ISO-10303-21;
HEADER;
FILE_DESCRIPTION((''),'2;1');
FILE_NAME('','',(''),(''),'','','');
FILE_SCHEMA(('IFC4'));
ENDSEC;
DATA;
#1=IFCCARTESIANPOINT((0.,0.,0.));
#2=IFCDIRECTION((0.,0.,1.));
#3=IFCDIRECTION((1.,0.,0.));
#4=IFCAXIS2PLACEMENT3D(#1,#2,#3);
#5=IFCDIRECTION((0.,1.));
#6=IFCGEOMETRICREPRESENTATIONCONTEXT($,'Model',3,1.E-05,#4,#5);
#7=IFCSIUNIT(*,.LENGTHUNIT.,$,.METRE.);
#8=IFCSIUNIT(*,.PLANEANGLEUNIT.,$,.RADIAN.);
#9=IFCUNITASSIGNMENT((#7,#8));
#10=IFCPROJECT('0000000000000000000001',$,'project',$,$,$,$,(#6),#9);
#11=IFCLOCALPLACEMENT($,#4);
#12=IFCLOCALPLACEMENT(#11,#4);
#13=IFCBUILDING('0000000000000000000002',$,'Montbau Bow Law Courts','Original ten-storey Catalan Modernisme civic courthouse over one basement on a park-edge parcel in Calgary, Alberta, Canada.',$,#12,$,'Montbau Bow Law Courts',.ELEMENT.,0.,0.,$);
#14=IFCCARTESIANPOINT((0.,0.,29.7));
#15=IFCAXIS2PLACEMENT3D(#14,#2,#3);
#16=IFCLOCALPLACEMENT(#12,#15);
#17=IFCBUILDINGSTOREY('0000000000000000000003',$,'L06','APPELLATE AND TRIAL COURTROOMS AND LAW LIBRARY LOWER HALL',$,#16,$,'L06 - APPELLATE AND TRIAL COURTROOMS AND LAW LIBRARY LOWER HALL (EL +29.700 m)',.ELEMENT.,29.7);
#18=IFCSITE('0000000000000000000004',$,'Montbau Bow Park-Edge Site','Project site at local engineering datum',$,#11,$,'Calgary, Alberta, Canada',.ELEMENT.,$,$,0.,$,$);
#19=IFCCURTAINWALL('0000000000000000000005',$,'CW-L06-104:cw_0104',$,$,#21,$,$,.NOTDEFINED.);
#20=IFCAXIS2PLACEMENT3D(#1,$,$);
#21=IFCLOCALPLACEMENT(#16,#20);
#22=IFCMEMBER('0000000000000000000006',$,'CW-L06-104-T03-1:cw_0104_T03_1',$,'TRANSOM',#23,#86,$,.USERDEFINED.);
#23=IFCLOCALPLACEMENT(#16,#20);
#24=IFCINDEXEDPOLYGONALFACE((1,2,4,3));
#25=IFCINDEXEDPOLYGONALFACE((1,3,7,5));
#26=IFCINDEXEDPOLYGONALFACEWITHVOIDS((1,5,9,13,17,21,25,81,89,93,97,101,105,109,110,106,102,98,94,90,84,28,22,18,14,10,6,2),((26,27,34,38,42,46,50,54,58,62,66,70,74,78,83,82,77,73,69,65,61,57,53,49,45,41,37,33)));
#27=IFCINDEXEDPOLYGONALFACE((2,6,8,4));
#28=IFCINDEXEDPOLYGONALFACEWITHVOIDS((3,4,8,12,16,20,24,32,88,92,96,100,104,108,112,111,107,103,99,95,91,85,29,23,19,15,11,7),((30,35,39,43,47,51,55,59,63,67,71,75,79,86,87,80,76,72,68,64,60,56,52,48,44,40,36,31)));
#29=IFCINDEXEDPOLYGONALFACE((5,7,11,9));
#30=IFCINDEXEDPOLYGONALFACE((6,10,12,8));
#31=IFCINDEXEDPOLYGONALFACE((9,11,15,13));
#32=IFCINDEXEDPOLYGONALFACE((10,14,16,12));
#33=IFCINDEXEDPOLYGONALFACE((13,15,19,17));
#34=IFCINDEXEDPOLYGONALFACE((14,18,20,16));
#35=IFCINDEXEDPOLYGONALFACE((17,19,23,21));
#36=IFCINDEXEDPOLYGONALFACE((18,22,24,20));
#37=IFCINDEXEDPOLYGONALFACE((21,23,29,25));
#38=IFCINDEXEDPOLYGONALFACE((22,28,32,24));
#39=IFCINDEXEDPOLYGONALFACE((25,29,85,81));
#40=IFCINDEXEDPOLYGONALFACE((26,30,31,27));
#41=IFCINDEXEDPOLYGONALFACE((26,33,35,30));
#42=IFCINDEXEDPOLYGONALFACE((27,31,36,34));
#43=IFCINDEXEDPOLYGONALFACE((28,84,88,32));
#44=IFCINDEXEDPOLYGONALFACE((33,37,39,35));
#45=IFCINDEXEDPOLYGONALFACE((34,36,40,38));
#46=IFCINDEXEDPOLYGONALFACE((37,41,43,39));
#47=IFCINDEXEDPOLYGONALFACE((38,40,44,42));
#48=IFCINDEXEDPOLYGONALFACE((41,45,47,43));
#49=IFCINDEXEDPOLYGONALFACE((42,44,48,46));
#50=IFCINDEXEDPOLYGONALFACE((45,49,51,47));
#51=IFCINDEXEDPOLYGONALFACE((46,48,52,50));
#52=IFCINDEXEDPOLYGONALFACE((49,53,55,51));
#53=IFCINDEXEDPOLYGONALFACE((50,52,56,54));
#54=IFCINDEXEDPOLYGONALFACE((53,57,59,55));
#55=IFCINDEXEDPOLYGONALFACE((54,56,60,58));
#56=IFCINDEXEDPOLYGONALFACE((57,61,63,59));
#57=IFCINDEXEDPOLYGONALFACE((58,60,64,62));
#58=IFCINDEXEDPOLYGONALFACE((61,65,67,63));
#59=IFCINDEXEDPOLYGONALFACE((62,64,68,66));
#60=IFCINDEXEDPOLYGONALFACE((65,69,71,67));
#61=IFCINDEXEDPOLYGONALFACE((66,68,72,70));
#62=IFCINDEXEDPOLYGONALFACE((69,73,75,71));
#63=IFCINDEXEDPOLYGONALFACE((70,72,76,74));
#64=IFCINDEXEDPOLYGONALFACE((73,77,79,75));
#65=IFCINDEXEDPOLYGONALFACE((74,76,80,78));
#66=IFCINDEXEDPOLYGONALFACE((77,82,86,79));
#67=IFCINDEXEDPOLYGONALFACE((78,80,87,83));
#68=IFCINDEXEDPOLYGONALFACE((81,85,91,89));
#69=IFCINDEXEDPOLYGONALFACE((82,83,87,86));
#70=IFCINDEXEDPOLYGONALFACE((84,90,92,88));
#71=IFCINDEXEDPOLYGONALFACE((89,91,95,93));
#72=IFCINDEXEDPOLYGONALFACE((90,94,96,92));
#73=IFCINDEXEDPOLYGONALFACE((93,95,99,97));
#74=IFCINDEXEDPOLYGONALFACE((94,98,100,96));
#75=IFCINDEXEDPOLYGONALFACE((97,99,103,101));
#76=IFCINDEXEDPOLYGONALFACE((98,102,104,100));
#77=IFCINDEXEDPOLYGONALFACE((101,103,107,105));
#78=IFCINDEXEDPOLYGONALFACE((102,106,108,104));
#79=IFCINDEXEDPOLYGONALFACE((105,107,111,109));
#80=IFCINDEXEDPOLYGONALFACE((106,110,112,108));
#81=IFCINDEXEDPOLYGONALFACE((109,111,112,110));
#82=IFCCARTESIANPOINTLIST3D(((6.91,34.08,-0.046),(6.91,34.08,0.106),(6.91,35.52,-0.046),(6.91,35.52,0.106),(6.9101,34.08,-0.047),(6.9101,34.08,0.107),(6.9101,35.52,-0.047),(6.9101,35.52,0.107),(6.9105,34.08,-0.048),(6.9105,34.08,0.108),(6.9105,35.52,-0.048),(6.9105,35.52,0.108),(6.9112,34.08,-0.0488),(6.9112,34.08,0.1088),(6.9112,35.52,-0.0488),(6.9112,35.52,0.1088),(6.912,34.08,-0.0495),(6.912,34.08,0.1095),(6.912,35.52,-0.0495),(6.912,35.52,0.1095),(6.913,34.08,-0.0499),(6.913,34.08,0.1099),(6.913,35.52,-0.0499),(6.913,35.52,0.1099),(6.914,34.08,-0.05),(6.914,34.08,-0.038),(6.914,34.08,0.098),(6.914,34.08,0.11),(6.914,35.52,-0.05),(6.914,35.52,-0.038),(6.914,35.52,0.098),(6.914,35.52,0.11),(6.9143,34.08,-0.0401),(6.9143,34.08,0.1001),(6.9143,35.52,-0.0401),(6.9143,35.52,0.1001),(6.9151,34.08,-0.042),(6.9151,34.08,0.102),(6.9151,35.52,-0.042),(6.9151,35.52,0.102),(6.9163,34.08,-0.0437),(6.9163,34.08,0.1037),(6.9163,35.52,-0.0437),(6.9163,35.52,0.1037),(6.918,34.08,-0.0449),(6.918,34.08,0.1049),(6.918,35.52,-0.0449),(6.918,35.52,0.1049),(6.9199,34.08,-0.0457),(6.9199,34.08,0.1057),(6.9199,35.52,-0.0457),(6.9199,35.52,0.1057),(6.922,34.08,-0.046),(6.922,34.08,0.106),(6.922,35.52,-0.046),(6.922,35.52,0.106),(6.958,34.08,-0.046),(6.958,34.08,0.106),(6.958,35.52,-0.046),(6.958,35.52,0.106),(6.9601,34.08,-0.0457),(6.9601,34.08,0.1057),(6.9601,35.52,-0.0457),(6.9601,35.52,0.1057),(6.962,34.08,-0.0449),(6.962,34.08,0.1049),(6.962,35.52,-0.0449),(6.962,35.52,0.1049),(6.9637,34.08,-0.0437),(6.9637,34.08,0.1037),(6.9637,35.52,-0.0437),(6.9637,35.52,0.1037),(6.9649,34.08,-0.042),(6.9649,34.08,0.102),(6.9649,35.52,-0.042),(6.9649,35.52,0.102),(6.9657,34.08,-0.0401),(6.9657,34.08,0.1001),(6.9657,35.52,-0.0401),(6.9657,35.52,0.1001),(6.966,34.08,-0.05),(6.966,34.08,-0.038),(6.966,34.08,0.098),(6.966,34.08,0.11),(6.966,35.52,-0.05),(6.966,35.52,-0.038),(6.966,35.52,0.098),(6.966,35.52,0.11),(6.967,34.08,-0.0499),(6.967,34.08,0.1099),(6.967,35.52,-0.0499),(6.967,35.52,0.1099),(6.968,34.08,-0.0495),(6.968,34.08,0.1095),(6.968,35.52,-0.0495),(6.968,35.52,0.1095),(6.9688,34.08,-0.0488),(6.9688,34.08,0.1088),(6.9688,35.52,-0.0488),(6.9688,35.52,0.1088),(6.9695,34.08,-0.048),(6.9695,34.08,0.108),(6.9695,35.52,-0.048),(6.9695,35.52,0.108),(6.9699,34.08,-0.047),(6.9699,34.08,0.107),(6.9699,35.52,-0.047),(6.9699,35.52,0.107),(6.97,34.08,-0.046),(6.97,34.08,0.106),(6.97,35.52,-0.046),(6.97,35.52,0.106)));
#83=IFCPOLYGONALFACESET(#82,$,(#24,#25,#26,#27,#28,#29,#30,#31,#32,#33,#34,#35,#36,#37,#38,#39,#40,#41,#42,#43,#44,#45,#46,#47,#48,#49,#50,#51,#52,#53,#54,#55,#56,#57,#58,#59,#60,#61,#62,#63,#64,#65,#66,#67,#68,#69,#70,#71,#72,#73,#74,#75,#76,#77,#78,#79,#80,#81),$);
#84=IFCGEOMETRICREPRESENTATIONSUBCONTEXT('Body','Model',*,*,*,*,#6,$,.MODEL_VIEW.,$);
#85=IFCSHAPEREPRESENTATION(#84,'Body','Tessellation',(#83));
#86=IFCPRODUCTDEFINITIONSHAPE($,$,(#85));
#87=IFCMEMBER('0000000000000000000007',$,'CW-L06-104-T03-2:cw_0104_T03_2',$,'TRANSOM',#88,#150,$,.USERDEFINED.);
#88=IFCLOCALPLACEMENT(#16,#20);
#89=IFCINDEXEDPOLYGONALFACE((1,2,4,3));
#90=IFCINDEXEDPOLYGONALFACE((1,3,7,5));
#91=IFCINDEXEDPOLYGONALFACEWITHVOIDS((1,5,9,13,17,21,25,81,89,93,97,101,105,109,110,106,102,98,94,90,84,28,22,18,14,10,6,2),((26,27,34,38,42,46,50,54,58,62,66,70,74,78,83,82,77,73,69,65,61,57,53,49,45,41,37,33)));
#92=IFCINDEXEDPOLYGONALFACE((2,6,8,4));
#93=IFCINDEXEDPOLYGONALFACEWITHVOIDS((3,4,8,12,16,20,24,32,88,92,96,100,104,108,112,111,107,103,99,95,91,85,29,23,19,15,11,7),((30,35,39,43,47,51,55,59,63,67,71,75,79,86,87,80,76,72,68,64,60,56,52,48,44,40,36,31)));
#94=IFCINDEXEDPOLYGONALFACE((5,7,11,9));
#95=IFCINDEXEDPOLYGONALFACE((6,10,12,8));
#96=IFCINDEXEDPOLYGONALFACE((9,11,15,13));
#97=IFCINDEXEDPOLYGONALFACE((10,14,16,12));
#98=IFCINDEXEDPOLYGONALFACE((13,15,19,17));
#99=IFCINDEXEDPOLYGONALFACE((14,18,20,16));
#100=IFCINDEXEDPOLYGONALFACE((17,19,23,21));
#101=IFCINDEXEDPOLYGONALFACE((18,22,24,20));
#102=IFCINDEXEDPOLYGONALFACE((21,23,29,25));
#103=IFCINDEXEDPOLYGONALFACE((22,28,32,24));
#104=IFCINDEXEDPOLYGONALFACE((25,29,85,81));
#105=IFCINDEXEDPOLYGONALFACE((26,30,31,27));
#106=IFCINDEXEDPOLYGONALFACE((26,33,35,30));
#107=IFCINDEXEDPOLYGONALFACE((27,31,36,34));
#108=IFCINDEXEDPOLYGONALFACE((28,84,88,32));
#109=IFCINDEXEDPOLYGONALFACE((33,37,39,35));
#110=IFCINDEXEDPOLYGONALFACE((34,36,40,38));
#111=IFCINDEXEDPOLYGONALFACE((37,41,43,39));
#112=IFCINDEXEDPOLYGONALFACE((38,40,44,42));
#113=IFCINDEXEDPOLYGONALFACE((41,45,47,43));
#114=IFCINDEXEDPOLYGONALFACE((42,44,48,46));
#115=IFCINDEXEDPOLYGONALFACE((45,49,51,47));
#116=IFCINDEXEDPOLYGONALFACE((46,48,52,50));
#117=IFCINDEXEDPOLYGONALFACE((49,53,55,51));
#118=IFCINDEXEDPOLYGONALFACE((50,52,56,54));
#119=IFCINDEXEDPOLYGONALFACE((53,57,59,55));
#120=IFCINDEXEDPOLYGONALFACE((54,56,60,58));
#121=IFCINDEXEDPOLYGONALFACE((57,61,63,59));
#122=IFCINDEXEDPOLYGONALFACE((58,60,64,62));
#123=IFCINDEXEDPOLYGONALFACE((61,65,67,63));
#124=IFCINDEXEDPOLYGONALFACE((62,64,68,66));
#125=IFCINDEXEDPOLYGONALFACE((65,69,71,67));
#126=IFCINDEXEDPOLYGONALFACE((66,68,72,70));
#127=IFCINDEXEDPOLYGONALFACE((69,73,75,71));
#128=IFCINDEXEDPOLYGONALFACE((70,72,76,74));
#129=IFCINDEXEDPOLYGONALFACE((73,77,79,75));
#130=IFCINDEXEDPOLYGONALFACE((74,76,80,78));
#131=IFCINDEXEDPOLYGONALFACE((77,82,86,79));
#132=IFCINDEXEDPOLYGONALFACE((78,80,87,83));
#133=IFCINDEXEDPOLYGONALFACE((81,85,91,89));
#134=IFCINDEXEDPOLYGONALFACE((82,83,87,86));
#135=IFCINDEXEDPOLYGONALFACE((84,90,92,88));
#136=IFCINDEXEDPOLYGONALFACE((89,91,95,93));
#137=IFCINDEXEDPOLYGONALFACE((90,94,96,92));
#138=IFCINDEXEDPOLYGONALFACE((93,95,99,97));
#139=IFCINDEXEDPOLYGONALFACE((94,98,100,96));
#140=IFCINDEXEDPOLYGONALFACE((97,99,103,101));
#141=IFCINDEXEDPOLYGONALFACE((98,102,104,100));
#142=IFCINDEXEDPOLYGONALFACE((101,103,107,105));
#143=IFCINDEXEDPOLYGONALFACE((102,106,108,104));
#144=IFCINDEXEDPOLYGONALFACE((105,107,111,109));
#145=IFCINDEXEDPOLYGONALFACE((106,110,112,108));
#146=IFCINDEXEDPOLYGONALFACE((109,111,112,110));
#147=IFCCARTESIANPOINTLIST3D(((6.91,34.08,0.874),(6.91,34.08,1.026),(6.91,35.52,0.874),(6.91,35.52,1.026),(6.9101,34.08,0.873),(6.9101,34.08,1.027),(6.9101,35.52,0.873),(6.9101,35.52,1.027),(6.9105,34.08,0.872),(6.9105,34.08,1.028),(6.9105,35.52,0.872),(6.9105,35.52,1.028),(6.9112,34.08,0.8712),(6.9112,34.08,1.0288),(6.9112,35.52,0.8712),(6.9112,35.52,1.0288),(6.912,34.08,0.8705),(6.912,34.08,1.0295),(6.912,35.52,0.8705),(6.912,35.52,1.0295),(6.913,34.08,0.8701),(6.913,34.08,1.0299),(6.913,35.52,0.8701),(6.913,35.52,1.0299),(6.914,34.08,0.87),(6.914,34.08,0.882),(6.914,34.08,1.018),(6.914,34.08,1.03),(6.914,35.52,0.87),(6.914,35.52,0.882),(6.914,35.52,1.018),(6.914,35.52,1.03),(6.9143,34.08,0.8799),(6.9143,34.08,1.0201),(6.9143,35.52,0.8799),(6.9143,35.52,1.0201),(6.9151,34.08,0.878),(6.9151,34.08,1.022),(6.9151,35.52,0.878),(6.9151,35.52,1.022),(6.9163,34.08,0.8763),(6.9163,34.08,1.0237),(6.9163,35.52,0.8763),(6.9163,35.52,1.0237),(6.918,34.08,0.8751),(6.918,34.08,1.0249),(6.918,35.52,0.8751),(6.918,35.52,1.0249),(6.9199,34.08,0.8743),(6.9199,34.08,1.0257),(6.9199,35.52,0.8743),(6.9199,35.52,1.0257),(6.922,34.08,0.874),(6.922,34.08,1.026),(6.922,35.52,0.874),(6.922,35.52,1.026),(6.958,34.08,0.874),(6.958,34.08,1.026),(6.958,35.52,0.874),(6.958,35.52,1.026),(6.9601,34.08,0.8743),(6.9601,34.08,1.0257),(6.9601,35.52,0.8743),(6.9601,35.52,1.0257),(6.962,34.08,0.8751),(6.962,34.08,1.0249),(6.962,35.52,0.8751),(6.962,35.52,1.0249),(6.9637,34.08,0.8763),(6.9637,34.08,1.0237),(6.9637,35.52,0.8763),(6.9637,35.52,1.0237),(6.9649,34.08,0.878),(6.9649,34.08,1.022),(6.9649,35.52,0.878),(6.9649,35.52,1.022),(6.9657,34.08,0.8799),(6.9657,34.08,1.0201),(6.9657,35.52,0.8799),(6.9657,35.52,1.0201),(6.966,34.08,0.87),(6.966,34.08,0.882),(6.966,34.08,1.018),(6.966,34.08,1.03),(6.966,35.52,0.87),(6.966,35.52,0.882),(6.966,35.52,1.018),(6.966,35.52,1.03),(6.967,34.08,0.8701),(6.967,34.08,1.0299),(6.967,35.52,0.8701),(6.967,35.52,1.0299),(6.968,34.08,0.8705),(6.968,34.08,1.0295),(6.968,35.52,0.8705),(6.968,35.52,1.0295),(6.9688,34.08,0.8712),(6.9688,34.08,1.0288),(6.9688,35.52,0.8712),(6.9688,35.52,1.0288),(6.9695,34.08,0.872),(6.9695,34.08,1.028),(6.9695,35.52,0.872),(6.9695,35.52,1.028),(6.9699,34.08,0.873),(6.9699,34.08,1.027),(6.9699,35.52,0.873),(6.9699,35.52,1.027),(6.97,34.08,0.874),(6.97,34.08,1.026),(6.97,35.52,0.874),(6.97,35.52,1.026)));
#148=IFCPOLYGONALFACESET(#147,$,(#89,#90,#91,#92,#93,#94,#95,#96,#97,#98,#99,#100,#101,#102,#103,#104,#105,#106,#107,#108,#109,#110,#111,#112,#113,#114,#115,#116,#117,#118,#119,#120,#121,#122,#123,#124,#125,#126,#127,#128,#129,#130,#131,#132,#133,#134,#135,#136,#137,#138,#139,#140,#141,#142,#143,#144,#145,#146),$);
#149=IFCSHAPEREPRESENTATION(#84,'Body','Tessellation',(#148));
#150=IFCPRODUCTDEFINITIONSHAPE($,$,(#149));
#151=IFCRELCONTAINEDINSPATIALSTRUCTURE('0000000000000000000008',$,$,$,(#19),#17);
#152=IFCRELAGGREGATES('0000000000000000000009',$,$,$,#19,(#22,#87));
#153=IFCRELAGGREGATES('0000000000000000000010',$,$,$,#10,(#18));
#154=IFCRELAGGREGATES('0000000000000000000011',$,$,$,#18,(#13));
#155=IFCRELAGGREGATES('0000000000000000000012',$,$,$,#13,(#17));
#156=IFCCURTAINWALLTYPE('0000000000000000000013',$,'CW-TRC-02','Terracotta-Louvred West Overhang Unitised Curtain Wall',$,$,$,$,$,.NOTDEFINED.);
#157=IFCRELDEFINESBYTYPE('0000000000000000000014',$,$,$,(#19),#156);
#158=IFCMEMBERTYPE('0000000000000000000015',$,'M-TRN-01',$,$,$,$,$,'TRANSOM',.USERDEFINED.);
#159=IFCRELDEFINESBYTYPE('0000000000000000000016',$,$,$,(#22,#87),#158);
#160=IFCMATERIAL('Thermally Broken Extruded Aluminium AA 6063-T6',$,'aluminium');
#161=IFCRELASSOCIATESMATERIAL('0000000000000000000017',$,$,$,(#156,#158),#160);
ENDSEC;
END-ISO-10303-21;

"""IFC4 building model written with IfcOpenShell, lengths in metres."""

from ifc_helpers import new_model, si_unit, direction, frame, origin_with_axes, origin_2d_with_axis, place, context, subcontext, project, spatial, hollow_rectangle, extrude, material, material_profile, profile_set, type_object, element, aggregate, save


model = new_model("IFC4")

# Units and contexts
model_context = context("Model", 3, precision=1e-05, world=origin_with_axes(), true_north=direction((0.0, 1.0)))
body_context = subcontext(model_context, "Body", "Model", "MODEL_VIEW")
ifc_project = project(units=[si_unit("LENGTHUNIT", "METRE"), si_unit("PLANEANGLEUNIT", "RADIAN")], contexts=[model_context])

# Site, building, storey
site_placement = place(None, origin_with_axes())
site = spatial("IfcSite", under=ifc_project, at=site_placement, Name="Montbau Bow Park-Edge Site", Description="Project site at local engineering datum", LongName="Calgary, Alberta, Canada", CompositionType="ELEMENT", RefElevation=0.0)
building_placement = place(site_placement, origin_with_axes())
building = spatial("IfcBuilding", under=site, at=building_placement, Name="Montbau Bow Law Courts", Description="Original ten-storey Catalan Modernisme civic courthouse over one basement on a park-edge parcel in Calgary, Alberta, Canada.", LongName="Montbau Bow Law Courts", CompositionType="ELEMENT", ElevationOfRefHeight=0.0, ElevationOfTerrain=0.0)
storey_placement = place(building_placement, frame((0.0, 0.0, 29.7), z_axis=(0.0, 0.0, 1.0), x_axis=(1.0, 0.0, 0.0)))
storey = spatial("IfcBuildingStorey", under=building, at=storey_placement, Name="L06", Description="APPELLATE AND TRIAL COURTROOMS AND LAW LIBRARY LOWER HALL", LongName="L06 - APPELLATE AND TRIAL COURTROOMS AND LAW LIBRARY LOWER HALL (EL +29.700 m)", CompositionType="ELEMENT", Elevation=29.7)

# Curtain wall, members
ifc_material_1 = material(Name="Thermally Broken Extruded Aluminium AA 6063-T6", Category="aluminium")
curtain_wall_type = type_object("IfcCurtainWallType", Name="CW-TRC-02", Description="Terracotta-Louvred West Overhang Unitised Curtain Wall", PredefinedType="NOTDEFINED", material=ifc_material_1)
curtain_wall_placement = place(None, frame((6.94, 31.04, 29.7), z_axis=(0.0, 0.0, 1.0), x_axis=(1.0, 0.0, 0.0)))
curtain_wall = element("IfcCurtainWall", 1, at=curtain_wall_placement, inside=storey, type_object=curtain_wall_type, Name="CW-L06-104:cw_0104", PredefinedType="NOTDEFINED")
ifc_material_profile_1 = material_profile(ifc_material_1, hollow_rectangle(XDim=0.06, YDim=0.16, WallThickness=0.004, InnerFilletRadius=0.008, OuterFilletRadius=0.004, at=origin_2d_with_axis()), Name="CWT-160X60", Category="Main", Priority=0)
ifc_profile_set_1 = profile_set([ifc_material_profile_1], Name="Thermally Broken Extruded Aluminium AA 6063-T6")
member_type_1 = type_object("IfcMemberType", Name="M-TRN-01", ElementType="TRANSOM", PredefinedType="USERDEFINED", material=ifc_profile_set_1)
member_1_placement = place(None, frame((6.94, 34.08, 29.73), z_axis=(0.0, 1.0, 0.0), x_axis=(-1.0, 0.0, 0.0)))
member_1 = element("IfcMember", 2, at=member_1_placement, type_object=member_type_1, Name="CW-L06-104-T03-1:cw_0104_T03_1", ObjectType="TRANSOM", PredefinedType="USERDEFINED", context=body_context, shape_type="SweptSolid", body=[
    extrude(hollow_rectangle(XDim=0.06, YDim=0.16, WallThickness=0.004, InnerFilletRadius=0.008, OuterFilletRadius=0.004, at=origin_2d_with_axis()), origin_with_axes(), (0.0, 0.0, 1.0), 1.44),
])
member_2_placement = place(None, frame((6.94, 34.08, 30.65), z_axis=(0.0, 1.0, 0.0), x_axis=(-1.0, 0.0, 0.0)))
member_2 = element("IfcMember", 3, at=member_2_placement, type_object=member_type_1, Name="CW-L06-104-T03-2:cw_0104_T03_2", ObjectType="TRANSOM", PredefinedType="USERDEFINED", context=body_context, shape_type="SweptSolid", body=[
    extrude(hollow_rectangle(XDim=0.06, YDim=0.16, WallThickness=0.004, InnerFilletRadius=0.008, OuterFilletRadius=0.004, at=origin_2d_with_axis()), origin_with_axes(), (0.0, 0.0, 1.0), 1.44),
])
aggregate(curtain_wall, [member_1, member_2])

save(model, "model.ifc")
